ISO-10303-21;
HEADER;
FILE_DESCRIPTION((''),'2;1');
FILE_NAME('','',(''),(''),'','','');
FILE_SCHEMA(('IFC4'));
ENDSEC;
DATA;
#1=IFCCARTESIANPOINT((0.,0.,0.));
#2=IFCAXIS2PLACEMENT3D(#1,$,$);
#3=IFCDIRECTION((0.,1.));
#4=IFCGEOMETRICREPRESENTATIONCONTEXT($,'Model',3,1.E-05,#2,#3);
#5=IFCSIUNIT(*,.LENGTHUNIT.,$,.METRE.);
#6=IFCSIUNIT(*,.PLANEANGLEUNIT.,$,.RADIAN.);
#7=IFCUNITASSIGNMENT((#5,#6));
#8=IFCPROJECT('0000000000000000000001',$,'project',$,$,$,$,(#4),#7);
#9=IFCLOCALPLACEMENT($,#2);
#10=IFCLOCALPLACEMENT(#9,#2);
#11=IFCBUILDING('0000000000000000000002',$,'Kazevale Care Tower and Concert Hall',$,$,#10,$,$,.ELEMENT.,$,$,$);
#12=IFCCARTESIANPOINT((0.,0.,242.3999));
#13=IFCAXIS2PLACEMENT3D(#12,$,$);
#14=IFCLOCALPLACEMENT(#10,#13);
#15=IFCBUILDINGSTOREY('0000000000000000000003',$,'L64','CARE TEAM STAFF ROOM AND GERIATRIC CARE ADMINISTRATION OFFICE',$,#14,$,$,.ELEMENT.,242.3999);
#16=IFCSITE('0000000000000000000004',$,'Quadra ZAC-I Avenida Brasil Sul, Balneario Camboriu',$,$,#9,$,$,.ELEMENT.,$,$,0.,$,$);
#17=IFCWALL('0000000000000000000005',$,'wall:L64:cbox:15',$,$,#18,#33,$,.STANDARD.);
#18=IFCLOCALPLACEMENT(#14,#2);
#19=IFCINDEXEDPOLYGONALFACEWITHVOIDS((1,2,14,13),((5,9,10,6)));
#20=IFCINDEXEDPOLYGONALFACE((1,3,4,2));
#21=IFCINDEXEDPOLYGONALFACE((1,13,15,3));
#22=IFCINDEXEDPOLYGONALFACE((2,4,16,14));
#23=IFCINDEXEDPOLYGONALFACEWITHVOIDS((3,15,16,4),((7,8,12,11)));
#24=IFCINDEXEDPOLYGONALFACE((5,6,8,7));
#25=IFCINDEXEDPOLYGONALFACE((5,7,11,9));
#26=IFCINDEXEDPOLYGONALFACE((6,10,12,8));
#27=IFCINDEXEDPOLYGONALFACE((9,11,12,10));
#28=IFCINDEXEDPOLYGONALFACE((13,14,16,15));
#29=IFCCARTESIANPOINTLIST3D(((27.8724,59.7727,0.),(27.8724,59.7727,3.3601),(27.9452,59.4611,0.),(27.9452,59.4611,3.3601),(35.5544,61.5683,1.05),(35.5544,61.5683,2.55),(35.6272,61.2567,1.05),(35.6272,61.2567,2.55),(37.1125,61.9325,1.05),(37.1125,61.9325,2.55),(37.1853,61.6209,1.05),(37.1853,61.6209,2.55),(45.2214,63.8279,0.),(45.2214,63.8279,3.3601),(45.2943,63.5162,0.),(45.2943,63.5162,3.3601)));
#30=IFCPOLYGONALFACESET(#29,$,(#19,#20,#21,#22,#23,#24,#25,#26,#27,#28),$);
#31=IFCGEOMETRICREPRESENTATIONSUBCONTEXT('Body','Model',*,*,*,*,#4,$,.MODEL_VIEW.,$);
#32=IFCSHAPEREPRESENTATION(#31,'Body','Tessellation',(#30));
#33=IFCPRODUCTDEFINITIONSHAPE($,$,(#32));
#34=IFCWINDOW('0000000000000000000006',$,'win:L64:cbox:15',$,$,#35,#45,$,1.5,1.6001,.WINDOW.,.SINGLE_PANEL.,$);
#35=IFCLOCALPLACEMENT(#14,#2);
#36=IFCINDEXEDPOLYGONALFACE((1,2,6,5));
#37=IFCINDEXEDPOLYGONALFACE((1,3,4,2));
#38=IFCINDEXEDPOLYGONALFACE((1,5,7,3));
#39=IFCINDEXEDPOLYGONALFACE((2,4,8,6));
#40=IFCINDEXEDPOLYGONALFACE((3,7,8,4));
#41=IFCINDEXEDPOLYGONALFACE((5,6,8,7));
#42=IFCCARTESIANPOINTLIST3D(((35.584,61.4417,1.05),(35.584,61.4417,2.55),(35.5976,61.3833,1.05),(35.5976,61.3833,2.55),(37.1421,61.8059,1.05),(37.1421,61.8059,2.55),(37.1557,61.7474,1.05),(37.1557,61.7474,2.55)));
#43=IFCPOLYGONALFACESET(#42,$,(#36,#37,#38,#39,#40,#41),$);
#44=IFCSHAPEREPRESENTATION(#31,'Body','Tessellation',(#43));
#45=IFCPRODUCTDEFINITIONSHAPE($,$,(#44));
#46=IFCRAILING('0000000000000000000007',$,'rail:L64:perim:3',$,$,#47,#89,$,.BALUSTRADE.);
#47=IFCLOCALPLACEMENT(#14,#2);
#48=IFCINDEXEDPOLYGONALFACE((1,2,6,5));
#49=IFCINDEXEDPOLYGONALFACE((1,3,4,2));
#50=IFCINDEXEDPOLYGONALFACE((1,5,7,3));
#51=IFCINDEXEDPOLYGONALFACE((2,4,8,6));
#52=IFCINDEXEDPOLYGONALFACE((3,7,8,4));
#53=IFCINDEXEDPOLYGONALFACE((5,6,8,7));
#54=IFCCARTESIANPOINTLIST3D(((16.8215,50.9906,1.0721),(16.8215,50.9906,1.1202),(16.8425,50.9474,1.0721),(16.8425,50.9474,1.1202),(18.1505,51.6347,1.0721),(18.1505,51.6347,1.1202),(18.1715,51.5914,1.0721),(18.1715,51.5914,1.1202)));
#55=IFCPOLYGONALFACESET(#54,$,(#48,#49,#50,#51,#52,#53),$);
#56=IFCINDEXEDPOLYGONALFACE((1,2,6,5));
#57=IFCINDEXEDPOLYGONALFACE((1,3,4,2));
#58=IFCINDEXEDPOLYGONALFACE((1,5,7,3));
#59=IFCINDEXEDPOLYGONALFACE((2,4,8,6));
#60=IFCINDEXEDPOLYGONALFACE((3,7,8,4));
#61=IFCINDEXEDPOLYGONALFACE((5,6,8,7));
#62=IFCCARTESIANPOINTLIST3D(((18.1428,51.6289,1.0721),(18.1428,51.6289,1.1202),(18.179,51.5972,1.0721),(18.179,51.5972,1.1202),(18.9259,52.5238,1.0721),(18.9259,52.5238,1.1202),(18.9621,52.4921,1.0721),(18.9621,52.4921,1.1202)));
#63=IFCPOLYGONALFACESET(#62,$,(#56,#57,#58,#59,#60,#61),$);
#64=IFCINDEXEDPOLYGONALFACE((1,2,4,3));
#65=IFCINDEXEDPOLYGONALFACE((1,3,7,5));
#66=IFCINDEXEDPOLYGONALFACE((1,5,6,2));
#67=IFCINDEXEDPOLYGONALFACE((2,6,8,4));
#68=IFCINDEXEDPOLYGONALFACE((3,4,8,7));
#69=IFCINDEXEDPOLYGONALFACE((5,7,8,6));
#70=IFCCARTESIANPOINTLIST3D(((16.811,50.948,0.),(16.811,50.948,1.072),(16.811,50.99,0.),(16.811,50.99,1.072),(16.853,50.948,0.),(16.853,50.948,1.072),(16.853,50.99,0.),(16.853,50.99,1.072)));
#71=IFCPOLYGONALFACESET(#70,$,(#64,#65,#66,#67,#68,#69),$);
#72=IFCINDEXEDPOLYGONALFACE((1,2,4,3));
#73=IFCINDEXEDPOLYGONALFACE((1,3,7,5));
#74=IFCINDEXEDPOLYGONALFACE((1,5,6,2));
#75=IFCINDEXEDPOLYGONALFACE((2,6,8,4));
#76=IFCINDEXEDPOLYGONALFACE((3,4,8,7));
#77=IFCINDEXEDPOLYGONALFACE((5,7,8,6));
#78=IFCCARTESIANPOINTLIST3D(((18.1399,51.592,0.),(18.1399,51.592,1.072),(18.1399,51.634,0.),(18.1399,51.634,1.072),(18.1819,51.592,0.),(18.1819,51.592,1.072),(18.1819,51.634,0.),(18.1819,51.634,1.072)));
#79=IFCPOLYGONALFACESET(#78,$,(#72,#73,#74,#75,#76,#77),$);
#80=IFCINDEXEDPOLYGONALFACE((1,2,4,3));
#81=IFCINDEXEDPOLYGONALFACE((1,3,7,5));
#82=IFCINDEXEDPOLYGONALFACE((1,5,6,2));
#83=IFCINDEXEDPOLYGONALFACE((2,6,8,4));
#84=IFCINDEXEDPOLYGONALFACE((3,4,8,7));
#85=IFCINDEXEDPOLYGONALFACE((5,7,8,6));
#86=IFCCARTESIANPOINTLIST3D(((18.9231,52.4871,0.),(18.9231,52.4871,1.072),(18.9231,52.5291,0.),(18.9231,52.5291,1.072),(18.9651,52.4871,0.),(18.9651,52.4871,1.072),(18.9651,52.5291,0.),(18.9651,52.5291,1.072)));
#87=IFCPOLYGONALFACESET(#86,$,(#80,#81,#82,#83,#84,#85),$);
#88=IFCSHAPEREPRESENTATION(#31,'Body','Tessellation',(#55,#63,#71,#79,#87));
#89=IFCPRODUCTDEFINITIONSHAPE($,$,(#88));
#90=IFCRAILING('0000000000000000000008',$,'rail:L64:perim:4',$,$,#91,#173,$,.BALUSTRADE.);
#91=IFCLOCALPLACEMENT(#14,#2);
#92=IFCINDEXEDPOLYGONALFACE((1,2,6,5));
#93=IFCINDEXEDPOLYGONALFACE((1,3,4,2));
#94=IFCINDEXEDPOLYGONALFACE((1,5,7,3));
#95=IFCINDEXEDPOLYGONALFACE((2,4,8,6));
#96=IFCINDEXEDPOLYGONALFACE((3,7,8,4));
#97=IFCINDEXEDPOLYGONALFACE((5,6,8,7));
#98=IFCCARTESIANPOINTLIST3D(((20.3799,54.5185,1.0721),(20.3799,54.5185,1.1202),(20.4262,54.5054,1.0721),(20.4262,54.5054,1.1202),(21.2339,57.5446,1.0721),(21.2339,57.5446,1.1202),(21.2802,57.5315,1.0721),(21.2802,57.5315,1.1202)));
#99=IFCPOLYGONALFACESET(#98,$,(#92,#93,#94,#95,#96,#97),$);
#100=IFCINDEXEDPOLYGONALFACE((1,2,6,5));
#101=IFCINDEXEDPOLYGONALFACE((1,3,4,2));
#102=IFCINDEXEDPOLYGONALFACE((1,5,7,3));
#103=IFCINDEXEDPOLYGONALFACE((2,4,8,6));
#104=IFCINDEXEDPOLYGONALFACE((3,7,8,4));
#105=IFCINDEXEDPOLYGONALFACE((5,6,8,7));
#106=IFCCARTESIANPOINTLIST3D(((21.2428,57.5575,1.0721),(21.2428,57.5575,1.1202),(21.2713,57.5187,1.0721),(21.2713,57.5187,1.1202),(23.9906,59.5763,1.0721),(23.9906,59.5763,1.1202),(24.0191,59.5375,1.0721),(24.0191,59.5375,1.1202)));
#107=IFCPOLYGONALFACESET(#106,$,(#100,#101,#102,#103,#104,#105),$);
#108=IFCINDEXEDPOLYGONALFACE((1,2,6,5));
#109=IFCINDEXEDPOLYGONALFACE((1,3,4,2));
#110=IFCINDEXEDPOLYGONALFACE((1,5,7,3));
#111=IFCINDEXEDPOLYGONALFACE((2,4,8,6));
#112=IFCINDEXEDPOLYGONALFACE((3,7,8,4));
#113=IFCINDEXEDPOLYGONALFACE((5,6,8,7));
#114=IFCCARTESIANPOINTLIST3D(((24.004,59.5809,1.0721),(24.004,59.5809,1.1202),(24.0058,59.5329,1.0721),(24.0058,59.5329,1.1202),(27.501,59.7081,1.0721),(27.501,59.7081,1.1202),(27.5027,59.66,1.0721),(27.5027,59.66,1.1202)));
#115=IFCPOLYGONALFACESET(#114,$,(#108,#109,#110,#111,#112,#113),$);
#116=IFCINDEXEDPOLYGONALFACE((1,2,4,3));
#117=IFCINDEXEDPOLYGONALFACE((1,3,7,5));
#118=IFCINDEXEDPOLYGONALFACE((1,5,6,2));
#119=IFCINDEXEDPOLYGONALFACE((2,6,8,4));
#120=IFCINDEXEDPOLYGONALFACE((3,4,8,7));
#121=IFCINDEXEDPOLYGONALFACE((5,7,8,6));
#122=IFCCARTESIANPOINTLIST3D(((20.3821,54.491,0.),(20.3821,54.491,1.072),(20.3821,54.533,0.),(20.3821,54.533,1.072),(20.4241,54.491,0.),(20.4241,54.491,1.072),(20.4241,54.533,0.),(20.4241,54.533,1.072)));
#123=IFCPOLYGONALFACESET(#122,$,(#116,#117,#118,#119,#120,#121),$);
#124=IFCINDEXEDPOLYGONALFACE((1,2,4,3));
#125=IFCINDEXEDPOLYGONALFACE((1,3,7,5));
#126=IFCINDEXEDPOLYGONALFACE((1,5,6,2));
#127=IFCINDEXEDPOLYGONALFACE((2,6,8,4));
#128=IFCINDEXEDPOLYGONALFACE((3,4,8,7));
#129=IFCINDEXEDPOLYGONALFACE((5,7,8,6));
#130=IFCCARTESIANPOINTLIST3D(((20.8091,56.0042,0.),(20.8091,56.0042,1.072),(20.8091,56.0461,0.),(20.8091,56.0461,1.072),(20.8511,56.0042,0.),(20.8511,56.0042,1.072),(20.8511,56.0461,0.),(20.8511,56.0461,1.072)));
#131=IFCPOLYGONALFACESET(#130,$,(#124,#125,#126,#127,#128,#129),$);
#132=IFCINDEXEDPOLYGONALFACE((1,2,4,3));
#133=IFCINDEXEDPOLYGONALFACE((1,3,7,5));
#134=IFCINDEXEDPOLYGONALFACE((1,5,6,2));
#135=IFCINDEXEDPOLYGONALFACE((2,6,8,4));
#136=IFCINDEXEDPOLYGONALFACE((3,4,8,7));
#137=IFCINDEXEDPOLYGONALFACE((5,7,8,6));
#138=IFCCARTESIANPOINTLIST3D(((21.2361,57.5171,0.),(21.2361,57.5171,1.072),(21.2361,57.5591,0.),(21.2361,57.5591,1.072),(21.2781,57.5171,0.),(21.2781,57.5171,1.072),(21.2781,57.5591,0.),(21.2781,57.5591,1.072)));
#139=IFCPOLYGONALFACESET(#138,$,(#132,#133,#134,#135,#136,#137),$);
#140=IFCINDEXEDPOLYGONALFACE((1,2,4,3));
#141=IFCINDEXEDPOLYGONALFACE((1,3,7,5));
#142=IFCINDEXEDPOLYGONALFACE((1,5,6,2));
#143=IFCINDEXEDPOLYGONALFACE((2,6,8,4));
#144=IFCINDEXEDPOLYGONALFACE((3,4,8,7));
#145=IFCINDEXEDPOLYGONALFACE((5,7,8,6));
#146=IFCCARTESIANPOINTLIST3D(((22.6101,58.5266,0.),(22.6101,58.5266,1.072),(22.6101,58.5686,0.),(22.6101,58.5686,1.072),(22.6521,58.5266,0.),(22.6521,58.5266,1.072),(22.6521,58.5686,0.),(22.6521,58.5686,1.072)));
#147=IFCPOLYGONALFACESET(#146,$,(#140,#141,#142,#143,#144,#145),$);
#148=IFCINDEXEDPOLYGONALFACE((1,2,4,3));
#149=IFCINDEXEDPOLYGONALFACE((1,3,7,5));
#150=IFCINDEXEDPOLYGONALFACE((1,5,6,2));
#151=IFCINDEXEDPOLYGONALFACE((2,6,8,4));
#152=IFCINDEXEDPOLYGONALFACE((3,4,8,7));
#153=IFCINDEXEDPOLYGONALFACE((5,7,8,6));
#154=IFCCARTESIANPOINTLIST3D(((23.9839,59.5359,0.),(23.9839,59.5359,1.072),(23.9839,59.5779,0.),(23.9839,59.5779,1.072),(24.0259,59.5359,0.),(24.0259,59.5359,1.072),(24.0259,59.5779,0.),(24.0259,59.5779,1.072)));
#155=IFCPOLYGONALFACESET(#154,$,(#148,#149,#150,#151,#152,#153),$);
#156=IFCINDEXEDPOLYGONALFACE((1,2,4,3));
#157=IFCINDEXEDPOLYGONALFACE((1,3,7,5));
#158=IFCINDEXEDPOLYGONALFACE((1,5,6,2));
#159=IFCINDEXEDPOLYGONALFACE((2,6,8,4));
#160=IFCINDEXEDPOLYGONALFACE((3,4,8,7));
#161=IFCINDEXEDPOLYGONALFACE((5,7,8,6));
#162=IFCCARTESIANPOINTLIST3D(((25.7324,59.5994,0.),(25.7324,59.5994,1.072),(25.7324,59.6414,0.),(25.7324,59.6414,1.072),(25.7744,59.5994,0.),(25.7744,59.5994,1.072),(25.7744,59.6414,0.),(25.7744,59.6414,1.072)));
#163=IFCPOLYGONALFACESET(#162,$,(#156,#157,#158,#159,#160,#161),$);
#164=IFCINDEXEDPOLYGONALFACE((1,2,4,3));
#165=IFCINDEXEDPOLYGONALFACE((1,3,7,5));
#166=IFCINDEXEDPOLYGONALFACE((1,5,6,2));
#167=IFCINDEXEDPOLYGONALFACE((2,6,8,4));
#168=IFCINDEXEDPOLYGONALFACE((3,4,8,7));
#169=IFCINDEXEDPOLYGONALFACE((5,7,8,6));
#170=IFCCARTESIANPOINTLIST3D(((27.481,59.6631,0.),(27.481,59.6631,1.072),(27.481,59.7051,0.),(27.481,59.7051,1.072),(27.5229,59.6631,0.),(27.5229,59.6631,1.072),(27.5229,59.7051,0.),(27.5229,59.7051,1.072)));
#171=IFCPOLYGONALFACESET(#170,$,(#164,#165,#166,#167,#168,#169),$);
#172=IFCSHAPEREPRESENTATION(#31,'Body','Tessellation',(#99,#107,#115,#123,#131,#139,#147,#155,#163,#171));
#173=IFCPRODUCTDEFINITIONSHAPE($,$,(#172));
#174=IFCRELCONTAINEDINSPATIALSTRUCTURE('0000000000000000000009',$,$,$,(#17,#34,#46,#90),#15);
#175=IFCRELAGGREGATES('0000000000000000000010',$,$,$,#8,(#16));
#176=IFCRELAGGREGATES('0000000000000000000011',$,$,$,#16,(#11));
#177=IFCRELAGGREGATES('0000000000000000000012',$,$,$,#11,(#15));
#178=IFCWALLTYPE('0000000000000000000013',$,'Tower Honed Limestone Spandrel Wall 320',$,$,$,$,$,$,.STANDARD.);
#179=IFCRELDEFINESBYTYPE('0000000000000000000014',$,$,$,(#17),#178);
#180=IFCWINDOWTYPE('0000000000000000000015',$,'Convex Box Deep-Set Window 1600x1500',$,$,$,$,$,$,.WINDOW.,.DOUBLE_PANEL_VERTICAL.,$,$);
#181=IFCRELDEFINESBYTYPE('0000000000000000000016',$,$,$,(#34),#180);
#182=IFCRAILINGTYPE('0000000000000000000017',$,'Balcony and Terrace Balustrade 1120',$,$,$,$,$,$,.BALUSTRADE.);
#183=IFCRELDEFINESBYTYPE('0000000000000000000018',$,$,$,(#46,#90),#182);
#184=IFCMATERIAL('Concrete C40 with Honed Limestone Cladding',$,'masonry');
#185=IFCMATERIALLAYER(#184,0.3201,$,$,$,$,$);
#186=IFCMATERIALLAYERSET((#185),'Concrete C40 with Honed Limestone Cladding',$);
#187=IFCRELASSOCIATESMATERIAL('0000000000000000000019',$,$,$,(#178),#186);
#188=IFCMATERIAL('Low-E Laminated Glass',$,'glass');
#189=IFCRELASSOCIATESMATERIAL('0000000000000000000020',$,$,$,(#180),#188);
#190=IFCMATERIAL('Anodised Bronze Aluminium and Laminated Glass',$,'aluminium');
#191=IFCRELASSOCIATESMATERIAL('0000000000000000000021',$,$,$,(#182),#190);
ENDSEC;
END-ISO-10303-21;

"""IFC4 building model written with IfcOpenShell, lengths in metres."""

from ifc_helpers import new_model, si_unit, direction, frame, frame_2d, origin, origin_2d, place, context, subcontext, project, spatial, rectangle, extrude, material, layer, layer_set, type_object, element, fill, save


model = new_model("IFC4")

# Units and contexts
model_context = context("Model", 3, precision=1e-05, world=origin(), true_north=direction((0.0, 1.0)))
body_context = subcontext(model_context, "Body", "Model", "MODEL_VIEW")
ifc_project = project(units=[si_unit("LENGTHUNIT", "METRE"), si_unit("PLANEANGLEUNIT", "RADIAN")], contexts=[model_context])

# Site, building, storey
site_placement = place(None, origin())
site = spatial("IfcSite", under=ifc_project, at=site_placement, Name="Quadra ZAC-I Avenida Brasil Sul, Balneario Camboriu", CompositionType="ELEMENT", RefElevation=0.0)
building_placement = place(site_placement, origin())
building = spatial("IfcBuilding", under=site, at=building_placement, Name="Kazevale Care Tower and Concert Hall", CompositionType="ELEMENT")
storey_placement = place(building_placement, frame((0.0, 0.0, 242.3999)))
storey = spatial("IfcBuildingStorey", under=building, at=storey_placement, Name="L64", Description="CARE TEAM STAFF ROOM AND GERIATRIC CARE ADMINISTRATION OFFICE", CompositionType="ELEMENT", Elevation=242.3999)

# Shared definitions
ifc_material_1 = material(Name="Low-E Laminated Glass", Category="glass")

# Wall, opening, window
ifc_material_2 = material(Name="Concrete C40 with Honed Limestone Cladding", Category="masonry")
ifc_layer_1 = layer(ifc_material_2, 0.3201)
ifc_layer_set_1 = layer_set([ifc_layer_1], Name="Concrete C40 with Honed Limestone Cladding")
wall_type_1 = type_object("IfcWallType", Name="Tower Honed Limestone Spandrel Wall 320", PredefinedType="STANDARD", material=ifc_layer_set_1)
wall_1_placement = place(storey_placement, frame((27.9089, 59.6169, 0.0), z_axis=(0.0, 0.0, 1.0), x_axis=(0.973754, 0.227605, 0.0)))
wall_1 = element("IfcWall", 1, at=wall_1_placement, inside=storey, type_object=wall_type_1, Name="wall:L64:cbox:15", PredefinedType="STANDARD", context=body_context, shape_type="SweptSolid", body=[
    extrude(rectangle(XDim=17.8167, YDim=0.3201, at=frame_2d((8.9082, 0.0))), origin(), (0.0, 0.0, 1.0), 3.3601),
])
opening_1_placement = place(wall_1_placement, frame((7.8889, 0.0, 1.05)))
opening_1 = element("IfcOpeningElement", 2, at=opening_1_placement, cuts=wall_1, PredefinedType="OPENING", context=body_context, shape_type="SweptSolid", body=[
    extrude(rectangle(XDim=1.6001, YDim=1.5, at=frame_2d((0.8, 0.75))), frame((0.0, 0.1699, 0.0), z_axis=(0.0, -1.0, 0.0), x_axis=(1.0, 0.0, 0.0)), (0.0, 0.0, 1.0), 0.3401),
])
window_type = type_object("IfcWindowType", Name="Convex Box Deep-Set Window 1600x1500", PartitioningType="DOUBLE_PANEL_VERTICAL", PredefinedType="WINDOW", material=ifc_material_1)
window_placement = place(opening_1_placement, origin())
window = element("IfcWindow", 3, at=window_placement, inside=storey, type_object=window_type, Name="win:L64:cbox:15", OverallHeight=1.5, OverallWidth=1.6001, PartitioningType="SINGLE_PANEL", PredefinedType="WINDOW", context=body_context, shape_type="SweptSolid", body=[
    extrude(rectangle(XDim=1.6001, YDim=1.5, at=frame_2d((0.8, 0.75))), frame((0.0, 0.03, 0.0), z_axis=(0.0, -1.0, 0.0), x_axis=(1.0, 0.0, 0.0)), (0.0, 0.0, 1.0), 0.0601),
])
fill(opening_1, window)

# Railings
ifc_material_3 = material(Name="Anodised Bronze Aluminium and Laminated Glass", Category="aluminium")
railing_type = type_object("IfcRailingType", Name="Balcony and Terrace Balustrade 1120", PredefinedType="BALUSTRADE", material=ifc_material_3)
railing_1_placement = place(storey_placement, frame((16.832, 50.969, 0.0)))
element("IfcRailing", 4, at=railing_1_placement, inside=storey, type_object=railing_type, Name="rail:L64:perim:3", PredefinedType="BALUSTRADE", context=body_context, shape_type="SweptSolid", body=[
    extrude(rectangle(XDim=0.0481, YDim=0.0481, at=origin_2d()), frame((0.0, 0.0, 1.0962), z_axis=(0.899881, 0.436136, 0.0), x_axis=(-0.436136, 0.899881, 0.0)), (0.0, 0.0, 1.0), 1.4768),
    extrude(rectangle(XDim=0.0481, YDim=0.0481, at=origin_2d()), frame((1.3289, 0.644, 1.0962), z_axis=(0.658534, 0.752551, 0.0), x_axis=(-0.752551, 0.658534, 0.0)), (0.0, 0.0, 1.0), 1.1892),
    extrude(rectangle(XDim=0.042, YDim=0.042, at=origin_2d()), origin(), (0.0, 0.0, 1.0), 1.072),
    extrude(rectangle(XDim=0.042, YDim=0.042, at=origin_2d()), frame((1.3289, 0.644, 0.0)), (0.0, 0.0, 1.0), 1.072),
    extrude(rectangle(XDim=0.042, YDim=0.042, at=origin_2d()), frame((2.1121, 1.5391, 0.0)), (0.0, 0.0, 1.0), 1.072),
])
railing_2_placement = place(storey_placement, frame((20.4031, 54.512, 0.0)))
element("IfcRailing", 5, at=railing_2_placement, inside=storey, type_object=railing_type, Name="rail:L64:perim:4", PredefinedType="BALUSTRADE", context=body_context, shape_type="SweptSolid", body=[
    extrude(rectangle(XDim=0.0481, YDim=0.0481, at=origin_2d()), frame((0.0, 0.0, 1.0962), z_axis=(0.271602, 0.96241, 0.0), x_axis=(-0.96241, 0.271602, 0.0)), (0.0, 0.0, 1.0), 3.1443),
    extrude(rectangle(XDim=0.0481, YDim=0.0481, at=origin_2d()), frame((0.854, 3.0261, 1.0962), z_axis=(0.805881, 0.592077, 0.0), x_axis=(-0.592077, 0.805881, 0.0)), (0.0, 0.0, 1.0), 3.4097),
    extrude(rectangle(XDim=0.0481, YDim=0.0481, at=origin_2d()), frame((3.6018, 5.0449, 1.0962), z_axis=(0.999339, 0.036348, 0.0), x_axis=(-0.036348, 0.999339, 0.0)), (0.0, 0.0, 1.0), 3.4993),
    extrude(rectangle(XDim=0.042, YDim=0.042, at=origin_2d()), origin(), (0.0, 0.0, 1.0), 1.072),
    extrude(rectangle(XDim=0.042, YDim=0.042, at=origin_2d()), frame((0.427, 1.5132, 0.0)), (0.0, 0.0, 1.0), 1.072),
    extrude(rectangle(XDim=0.042, YDim=0.042, at=origin_2d()), frame((0.854, 3.0261, 0.0)), (0.0, 0.0, 1.0), 1.072),
    extrude(rectangle(XDim=0.042, YDim=0.042, at=origin_2d()), frame((2.228, 4.0356, 0.0)), (0.0, 0.0, 1.0), 1.072),
    extrude(rectangle(XDim=0.042, YDim=0.042, at=origin_2d()), frame((3.6018, 5.0449, 0.0)), (0.0, 0.0, 1.0), 1.072),
    extrude(rectangle(XDim=0.042, YDim=0.042, at=origin_2d()), frame((5.3503, 5.1084, 0.0)), (0.0, 0.0, 1.0), 1.072),
    extrude(rectangle(XDim=0.042, YDim=0.042, at=origin_2d()), frame((7.0989, 5.1721, 0.0)), (0.0, 0.0, 1.0), 1.072),
])

save(model, "model.ifc")
